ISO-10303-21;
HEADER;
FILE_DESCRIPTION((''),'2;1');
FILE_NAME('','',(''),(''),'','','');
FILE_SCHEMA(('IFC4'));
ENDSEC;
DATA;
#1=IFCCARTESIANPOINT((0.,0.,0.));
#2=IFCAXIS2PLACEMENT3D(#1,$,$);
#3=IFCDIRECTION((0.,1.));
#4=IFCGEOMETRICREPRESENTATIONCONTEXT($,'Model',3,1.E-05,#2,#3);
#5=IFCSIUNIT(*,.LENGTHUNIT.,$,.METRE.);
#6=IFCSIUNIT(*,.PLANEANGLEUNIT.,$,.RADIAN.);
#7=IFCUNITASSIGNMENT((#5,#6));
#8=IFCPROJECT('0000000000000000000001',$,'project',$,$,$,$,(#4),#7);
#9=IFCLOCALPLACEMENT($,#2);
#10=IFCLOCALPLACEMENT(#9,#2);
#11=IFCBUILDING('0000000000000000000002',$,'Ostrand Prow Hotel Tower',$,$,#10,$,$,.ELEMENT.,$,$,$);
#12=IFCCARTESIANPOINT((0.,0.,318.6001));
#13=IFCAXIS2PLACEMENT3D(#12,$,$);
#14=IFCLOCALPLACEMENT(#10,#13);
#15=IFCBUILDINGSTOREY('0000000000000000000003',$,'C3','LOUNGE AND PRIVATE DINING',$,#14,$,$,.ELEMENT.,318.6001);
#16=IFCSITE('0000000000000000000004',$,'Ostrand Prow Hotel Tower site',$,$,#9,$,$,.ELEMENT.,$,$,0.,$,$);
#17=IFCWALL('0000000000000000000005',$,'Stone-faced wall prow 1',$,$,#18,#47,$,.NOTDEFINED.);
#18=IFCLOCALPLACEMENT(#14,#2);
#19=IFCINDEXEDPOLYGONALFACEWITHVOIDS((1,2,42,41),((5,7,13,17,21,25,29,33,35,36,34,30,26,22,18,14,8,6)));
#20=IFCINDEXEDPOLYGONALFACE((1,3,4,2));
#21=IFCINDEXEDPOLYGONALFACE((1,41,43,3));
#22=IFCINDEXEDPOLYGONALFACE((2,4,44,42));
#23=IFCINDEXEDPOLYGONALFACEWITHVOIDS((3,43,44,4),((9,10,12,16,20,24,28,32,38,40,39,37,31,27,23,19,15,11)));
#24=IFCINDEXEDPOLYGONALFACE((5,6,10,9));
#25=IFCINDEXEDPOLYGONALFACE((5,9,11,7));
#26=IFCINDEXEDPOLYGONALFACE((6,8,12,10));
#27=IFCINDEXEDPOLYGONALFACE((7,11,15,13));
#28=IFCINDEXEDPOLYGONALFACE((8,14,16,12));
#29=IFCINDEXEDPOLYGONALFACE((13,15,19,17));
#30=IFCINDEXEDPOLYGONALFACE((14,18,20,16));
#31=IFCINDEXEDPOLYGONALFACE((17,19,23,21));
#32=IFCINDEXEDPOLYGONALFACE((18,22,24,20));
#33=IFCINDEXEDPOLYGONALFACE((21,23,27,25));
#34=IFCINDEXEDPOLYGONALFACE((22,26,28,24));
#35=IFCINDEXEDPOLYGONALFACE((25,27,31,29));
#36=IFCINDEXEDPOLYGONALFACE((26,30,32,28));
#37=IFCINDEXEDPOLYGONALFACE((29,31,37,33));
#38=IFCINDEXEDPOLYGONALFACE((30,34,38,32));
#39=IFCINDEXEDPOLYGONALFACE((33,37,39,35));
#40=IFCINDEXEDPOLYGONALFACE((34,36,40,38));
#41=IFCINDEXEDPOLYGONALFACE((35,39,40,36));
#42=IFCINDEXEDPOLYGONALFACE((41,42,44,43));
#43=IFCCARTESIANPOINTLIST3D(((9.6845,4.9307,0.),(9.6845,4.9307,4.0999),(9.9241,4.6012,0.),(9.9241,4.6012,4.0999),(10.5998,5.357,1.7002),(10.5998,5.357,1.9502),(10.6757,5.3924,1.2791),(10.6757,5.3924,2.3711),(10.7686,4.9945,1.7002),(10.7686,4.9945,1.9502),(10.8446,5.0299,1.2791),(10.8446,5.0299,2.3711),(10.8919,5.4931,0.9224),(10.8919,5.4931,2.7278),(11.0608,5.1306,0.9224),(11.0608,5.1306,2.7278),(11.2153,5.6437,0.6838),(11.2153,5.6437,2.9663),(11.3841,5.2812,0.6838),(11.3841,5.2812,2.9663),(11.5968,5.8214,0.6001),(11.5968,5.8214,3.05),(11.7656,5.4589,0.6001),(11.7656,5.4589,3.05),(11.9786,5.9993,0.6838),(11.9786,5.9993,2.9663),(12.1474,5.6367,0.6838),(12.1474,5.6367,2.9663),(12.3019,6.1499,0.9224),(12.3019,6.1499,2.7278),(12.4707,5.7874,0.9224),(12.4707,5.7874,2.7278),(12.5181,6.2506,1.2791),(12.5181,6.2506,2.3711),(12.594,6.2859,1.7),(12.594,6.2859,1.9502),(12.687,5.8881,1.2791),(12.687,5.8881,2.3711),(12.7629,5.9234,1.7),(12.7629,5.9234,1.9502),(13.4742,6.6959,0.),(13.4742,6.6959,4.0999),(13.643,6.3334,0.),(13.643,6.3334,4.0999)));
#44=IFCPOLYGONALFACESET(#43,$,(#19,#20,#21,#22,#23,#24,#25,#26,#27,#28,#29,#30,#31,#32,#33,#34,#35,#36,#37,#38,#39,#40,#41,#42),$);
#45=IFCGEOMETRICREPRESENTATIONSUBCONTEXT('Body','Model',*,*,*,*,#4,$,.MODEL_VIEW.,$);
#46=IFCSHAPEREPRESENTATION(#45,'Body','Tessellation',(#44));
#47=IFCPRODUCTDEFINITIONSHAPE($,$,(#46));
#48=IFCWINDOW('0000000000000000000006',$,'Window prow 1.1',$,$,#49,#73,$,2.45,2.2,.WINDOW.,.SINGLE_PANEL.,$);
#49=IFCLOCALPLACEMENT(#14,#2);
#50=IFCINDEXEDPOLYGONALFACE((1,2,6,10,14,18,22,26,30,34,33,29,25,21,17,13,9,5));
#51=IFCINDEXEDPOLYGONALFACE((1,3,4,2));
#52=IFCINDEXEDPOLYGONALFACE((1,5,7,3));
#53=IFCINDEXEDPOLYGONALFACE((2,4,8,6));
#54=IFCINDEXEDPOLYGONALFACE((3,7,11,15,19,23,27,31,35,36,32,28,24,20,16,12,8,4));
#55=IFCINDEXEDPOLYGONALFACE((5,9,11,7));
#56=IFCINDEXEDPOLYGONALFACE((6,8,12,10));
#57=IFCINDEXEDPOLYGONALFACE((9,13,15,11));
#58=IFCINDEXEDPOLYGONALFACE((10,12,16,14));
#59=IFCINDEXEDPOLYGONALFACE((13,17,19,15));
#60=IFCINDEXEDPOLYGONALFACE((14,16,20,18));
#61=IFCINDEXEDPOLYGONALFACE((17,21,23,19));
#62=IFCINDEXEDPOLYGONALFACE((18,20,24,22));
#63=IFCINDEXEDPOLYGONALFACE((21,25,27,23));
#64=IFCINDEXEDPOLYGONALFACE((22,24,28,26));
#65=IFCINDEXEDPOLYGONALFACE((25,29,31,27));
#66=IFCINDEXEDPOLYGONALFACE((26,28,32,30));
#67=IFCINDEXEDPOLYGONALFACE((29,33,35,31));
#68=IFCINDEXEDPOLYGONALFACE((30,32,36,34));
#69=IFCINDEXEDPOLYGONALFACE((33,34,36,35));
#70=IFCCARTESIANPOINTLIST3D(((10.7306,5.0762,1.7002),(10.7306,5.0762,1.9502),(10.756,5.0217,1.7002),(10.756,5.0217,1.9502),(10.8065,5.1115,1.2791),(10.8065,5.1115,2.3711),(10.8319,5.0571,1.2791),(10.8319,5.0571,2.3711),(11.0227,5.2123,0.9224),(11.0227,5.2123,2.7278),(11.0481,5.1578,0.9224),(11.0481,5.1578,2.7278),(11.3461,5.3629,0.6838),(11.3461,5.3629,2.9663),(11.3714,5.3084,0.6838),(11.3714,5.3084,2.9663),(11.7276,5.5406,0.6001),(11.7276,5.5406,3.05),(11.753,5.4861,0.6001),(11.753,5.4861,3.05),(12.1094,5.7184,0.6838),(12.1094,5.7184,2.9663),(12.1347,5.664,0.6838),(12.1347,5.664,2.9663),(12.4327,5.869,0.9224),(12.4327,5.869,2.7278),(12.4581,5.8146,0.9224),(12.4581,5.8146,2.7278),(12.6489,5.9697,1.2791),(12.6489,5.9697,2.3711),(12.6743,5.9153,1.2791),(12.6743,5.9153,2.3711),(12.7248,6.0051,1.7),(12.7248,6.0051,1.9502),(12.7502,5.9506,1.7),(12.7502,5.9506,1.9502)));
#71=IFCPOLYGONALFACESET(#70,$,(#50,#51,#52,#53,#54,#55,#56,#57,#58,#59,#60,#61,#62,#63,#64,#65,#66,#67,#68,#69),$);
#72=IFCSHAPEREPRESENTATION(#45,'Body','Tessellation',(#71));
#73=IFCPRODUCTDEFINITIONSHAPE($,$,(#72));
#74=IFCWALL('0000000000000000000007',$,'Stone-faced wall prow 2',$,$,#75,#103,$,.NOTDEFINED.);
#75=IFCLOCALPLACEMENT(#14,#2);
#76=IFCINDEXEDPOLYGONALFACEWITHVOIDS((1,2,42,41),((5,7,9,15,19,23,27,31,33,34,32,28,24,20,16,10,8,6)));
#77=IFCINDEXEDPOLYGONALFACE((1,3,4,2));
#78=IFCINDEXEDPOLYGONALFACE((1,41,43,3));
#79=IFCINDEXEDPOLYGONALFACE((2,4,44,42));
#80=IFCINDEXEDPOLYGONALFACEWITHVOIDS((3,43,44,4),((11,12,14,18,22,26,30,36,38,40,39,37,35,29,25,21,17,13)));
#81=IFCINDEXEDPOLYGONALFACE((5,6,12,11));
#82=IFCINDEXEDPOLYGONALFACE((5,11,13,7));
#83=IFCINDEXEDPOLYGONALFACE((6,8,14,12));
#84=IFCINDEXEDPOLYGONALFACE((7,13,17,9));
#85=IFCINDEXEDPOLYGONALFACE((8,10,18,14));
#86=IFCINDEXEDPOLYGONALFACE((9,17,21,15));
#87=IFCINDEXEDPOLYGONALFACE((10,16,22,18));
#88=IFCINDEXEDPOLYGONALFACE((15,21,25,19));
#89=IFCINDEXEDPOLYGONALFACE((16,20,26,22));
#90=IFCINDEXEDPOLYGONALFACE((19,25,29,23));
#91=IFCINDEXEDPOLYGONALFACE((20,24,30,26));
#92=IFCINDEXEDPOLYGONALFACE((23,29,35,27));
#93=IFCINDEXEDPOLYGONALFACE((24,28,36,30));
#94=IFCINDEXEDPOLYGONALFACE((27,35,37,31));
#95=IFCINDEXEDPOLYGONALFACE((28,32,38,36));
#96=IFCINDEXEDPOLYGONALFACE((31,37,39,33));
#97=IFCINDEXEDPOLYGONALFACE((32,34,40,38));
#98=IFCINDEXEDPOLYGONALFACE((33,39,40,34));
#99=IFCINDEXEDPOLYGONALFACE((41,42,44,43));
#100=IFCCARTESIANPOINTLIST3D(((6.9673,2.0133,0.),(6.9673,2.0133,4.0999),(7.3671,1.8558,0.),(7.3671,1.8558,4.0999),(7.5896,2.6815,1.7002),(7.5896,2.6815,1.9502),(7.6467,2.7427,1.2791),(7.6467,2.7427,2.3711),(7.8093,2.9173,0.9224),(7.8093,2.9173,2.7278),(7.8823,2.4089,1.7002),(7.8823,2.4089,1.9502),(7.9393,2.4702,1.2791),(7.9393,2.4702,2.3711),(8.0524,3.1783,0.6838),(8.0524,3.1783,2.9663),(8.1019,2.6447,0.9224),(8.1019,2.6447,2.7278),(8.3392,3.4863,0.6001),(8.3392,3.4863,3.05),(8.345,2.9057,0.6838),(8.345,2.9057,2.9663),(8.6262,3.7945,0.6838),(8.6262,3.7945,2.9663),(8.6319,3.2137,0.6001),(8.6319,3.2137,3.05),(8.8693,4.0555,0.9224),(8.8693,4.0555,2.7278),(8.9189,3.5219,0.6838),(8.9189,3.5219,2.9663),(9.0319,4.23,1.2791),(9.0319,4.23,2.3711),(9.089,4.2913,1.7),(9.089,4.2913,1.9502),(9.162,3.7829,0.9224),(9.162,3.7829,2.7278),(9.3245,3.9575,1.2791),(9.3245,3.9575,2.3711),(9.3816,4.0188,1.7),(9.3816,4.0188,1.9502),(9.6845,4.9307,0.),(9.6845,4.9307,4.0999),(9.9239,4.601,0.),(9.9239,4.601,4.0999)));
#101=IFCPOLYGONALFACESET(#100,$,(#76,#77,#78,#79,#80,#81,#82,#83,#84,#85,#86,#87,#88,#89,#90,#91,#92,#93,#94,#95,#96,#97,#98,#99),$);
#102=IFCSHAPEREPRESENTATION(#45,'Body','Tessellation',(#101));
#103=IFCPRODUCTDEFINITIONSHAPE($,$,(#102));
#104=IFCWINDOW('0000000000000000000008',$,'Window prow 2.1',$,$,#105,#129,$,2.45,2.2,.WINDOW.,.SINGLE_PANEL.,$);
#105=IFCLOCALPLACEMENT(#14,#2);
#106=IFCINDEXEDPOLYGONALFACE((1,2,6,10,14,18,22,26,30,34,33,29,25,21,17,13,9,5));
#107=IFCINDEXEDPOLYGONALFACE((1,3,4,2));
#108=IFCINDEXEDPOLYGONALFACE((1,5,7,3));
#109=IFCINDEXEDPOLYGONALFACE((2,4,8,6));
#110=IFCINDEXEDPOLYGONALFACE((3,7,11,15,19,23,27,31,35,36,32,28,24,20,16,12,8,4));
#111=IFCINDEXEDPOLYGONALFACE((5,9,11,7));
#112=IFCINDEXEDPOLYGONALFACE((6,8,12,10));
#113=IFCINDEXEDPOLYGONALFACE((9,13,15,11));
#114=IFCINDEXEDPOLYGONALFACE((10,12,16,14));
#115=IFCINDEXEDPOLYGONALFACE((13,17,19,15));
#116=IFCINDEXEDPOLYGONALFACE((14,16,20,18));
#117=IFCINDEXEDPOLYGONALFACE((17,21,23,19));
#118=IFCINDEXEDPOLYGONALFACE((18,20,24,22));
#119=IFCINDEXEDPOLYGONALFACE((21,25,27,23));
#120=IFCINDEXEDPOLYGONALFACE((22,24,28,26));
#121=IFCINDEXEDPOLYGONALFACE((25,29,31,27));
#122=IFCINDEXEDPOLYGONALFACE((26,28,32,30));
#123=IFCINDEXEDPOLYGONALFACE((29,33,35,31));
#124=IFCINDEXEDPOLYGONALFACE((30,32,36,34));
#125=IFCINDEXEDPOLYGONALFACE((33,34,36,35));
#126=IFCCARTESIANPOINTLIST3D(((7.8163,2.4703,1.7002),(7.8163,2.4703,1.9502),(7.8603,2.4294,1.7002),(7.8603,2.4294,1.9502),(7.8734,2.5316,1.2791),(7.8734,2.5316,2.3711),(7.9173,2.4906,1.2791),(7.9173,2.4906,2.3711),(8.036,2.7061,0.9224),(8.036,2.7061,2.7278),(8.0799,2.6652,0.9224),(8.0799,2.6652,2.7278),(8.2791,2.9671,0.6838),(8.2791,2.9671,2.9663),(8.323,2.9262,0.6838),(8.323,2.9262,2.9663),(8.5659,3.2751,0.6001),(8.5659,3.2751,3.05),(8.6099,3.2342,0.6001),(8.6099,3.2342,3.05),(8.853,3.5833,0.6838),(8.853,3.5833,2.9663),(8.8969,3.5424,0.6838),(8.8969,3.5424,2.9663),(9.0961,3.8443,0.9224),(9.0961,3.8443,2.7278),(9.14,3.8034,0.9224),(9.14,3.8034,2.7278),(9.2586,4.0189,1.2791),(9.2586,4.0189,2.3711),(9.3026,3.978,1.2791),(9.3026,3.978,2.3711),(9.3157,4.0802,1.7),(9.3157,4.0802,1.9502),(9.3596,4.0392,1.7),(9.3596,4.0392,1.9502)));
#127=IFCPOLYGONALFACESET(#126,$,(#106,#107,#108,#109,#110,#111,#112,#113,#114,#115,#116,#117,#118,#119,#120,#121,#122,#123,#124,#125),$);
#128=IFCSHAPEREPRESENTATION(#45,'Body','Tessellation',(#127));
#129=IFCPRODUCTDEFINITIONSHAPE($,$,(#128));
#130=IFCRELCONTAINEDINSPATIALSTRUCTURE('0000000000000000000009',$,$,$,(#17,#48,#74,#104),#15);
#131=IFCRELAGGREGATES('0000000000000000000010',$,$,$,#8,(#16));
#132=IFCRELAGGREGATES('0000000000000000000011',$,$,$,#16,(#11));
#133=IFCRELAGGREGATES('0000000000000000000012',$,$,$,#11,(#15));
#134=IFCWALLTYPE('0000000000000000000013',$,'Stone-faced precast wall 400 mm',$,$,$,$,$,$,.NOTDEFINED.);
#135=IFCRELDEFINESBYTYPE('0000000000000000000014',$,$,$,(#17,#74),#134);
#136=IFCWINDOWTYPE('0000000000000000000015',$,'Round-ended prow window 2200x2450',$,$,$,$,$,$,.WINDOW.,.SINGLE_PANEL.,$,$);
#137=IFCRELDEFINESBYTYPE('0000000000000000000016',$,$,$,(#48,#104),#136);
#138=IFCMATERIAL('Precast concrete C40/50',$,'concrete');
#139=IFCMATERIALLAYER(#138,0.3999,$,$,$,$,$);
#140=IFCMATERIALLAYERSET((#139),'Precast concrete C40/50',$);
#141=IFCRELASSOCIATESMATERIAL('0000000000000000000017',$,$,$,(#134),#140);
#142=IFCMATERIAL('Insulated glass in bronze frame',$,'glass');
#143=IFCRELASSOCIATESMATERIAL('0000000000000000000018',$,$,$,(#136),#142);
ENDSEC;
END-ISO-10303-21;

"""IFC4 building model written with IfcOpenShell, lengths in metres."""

from ifc_helpers import new_model, si_unit, direction, frame, origin, place, context, subcontext, project, spatial, polyline, outline, extrude, material, layer, layer_set, type_object, element, fill, save


model = new_model("IFC4")

# Units and contexts
model_context = context("Model", 3, precision=1e-05, world=origin(), true_north=direction((0.0, 1.0)))
body_context = subcontext(model_context, "Body", "Model", "MODEL_VIEW")
ifc_project = project(units=[si_unit("LENGTHUNIT", "METRE"), si_unit("PLANEANGLEUNIT", "RADIAN")], contexts=[model_context])

# Site, building, storey
site_placement = place(None, origin())
site = spatial("IfcSite", under=ifc_project, at=site_placement, Name="Ostrand Prow Hotel Tower site", CompositionType="ELEMENT", RefElevation=0.0)
building_placement = place(site_placement, origin())
building = spatial("IfcBuilding", under=site, at=building_placement, Name="Ostrand Prow Hotel Tower", CompositionType="ELEMENT")
storey_placement = place(building_placement, frame((0.0, 0.0, 318.6001)))
storey = spatial("IfcBuildingStorey", under=building, at=storey_placement, Name="C3", Description="LOUNGE AND PRIVATE DINING", CompositionType="ELEMENT", Elevation=318.6001)

# Walls, openings, windows
ifc_material_1 = material(Name="Precast concrete C40/50", Category="concrete")
ifc_layer_1 = layer(ifc_material_1, 0.3999)
ifc_layer_set_1 = layer_set([ifc_layer_1], Name="Precast concrete C40/50")
wall_type_1 = type_object("IfcWallType", Name="Stone-faced precast wall 400 mm", PredefinedType="NOTDEFINED", material=ifc_layer_set_1)
wall_1_placement = place(storey_placement, frame((13.5586, 6.5146, 0.0), z_axis=(0.0, 0.0, 1.0), x_axis=(-0.906486, -0.422237, 0.0)))
wall_1 = element("IfcWall", 1, at=wall_1_placement, inside=storey, type_object=wall_type_1, Name="Stone-faced wall prow 1", PredefinedType="NOTDEFINED", context=body_context, shape_type="SweptSolid", body=[
    extrude(outline(polyline([(0.0, -0.2), (4.1807, -0.2), (4.1025, 0.2), (0.0, 0.2), (0.0, -0.2)])), origin(), (0.0, 0.0, 1.0), 4.0999),
])
opening_1_placement = place(wall_1_placement, frame((0.9709, 0.0, 0.6001)))
opening_1 = element("IfcOpeningElement", 2, at=opening_1_placement, cuts=wall_1, PredefinedType="OPENING", context=body_context, shape_type="SweptSolid", body=[
    extrude(outline(polyline([(0.0, 1.3501), (0.0837, 1.771), (0.3223, 2.1277), (0.679, 2.3662), (1.1001, 2.45), (1.521, 2.3662), (1.8777, 2.1277), (2.1162, 1.771), (2.2, 1.3501), (2.2, 1.1001), (2.1162, 0.679), (1.8777, 0.3223), (1.521, 0.0837), (1.1001, 0.0), (0.679, 0.0837), (0.3223, 0.3223), (0.0837, 0.679), (0.0, 1.0999), (0.0, 1.3501)])), frame((0.0, 0.21, 0.0), z_axis=(0.0, -1.0, 0.0), x_axis=(1.0, 0.0, 0.0)), (0.0, 0.0, 1.0), 0.4199),
])
ifc_material_2 = material(Name="Insulated glass in bronze frame", Category="glass")
window_type = type_object("IfcWindowType", Name="Round-ended prow window 2200x2450", PartitioningType="SINGLE_PANEL", PredefinedType="WINDOW", material=ifc_material_2)
window_1_placement = place(opening_1_placement, origin())
window_1 = element("IfcWindow", 3, at=window_1_placement, inside=storey, type_object=window_type, Name="Window prow 1.1", OverallHeight=2.45, OverallWidth=2.2, PartitioningType="SINGLE_PANEL", PredefinedType="WINDOW", context=body_context, shape_type="SweptSolid", body=[
    extrude(outline(polyline([(0.0, 1.3501), (0.0837, 1.771), (0.3223, 2.1277), (0.679, 2.3662), (1.1001, 2.45), (1.521, 2.3662), (1.8777, 2.1277), (2.1162, 1.771), (2.2, 1.3501), (2.2, 1.1001), (2.1162, 0.679), (1.8777, 0.3223), (1.521, 0.0837), (1.1001, 0.0), (0.679, 0.0837), (0.3223, 0.3223), (0.0837, 0.679), (0.0, 1.0999), (0.0, 1.3501)])), frame((0.0, 0.1699, 0.0), z_axis=(0.0, -1.0, 0.0), x_axis=(1.0, 0.0, 0.0)), (0.0, 0.0, 1.0), 0.0601),
])
fill(opening_1, window_1)
wall_2_placement = place(storey_placement, frame((9.8042, 4.7659, 0.0), z_axis=(0.0, 0.0, 1.0), x_axis=(-0.681547, -0.731775, 0.0)))
wall_2 = element("IfcWall", 4, at=wall_2_placement, inside=storey, type_object=wall_type_1, Name="Stone-faced wall prow 2", PredefinedType="NOTDEFINED", context=body_context, shape_type="SweptSolid", body=[
    extrude(outline(polyline([(-0.0391, -0.2), (3.9478, -0.2), (3.7905, 0.2), (0.0391, 0.2), (-0.0391, -0.2)])), origin(), (0.0, 0.0, 1.0), 4.0999),
])
opening_2_placement = place(wall_2_placement, frame((0.8347, 0.0, 0.6001)))
opening_2 = element("IfcOpeningElement", 5, at=opening_2_placement, cuts=wall_2, PredefinedType="OPENING", context=body_context, shape_type="SweptSolid", body=[
    extrude(outline(polyline([(0.0, 1.3501), (0.0837, 1.771), (0.3223, 2.1277), (0.679, 2.3662), (1.1001, 2.45), (1.521, 2.3662), (1.8777, 2.1277), (2.1162, 1.771), (2.2, 1.3501), (2.2, 1.1001), (2.1162, 0.679), (1.8777, 0.3223), (1.521, 0.0837), (1.1001, 0.0), (0.679, 0.0837), (0.3223, 0.3223), (0.0837, 0.679), (0.0, 1.0999), (0.0, 1.3501)])), frame((0.0, 0.21, 0.0), z_axis=(0.0, -1.0, 0.0), x_axis=(1.0, 0.0, 0.0)), (0.0, 0.0, 1.0), 0.4199),
])
window_2_placement = place(opening_2_placement, origin())
window_2 = element("IfcWindow", 6, at=window_2_placement, inside=storey, type_object=window_type, Name="Window prow 2.1", OverallHeight=2.45, OverallWidth=2.2, PartitioningType="SINGLE_PANEL", PredefinedType="WINDOW", context=body_context, shape_type="SweptSolid", body=[
    extrude(outline(polyline([(0.0, 1.3501), (0.0837, 1.771), (0.3223, 2.1277), (0.679, 2.3662), (1.1001, 2.45), (1.521, 2.3662), (1.8777, 2.1277), (2.1162, 1.771), (2.2, 1.3501), (2.2, 1.1001), (2.1162, 0.679), (1.8777, 0.3223), (1.521, 0.0837), (1.1001, 0.0), (0.679, 0.0837), (0.3223, 0.3223), (0.0837, 0.679), (0.0, 1.0999), (0.0, 1.3501)])), frame((0.0, 0.1699, 0.0), z_axis=(0.0, -1.0, 0.0), x_axis=(1.0, 0.0, 0.0)), (0.0, 0.0, 1.0), 0.0601),
])
fill(opening_2, window_2)

save(model, "model.ifc")
